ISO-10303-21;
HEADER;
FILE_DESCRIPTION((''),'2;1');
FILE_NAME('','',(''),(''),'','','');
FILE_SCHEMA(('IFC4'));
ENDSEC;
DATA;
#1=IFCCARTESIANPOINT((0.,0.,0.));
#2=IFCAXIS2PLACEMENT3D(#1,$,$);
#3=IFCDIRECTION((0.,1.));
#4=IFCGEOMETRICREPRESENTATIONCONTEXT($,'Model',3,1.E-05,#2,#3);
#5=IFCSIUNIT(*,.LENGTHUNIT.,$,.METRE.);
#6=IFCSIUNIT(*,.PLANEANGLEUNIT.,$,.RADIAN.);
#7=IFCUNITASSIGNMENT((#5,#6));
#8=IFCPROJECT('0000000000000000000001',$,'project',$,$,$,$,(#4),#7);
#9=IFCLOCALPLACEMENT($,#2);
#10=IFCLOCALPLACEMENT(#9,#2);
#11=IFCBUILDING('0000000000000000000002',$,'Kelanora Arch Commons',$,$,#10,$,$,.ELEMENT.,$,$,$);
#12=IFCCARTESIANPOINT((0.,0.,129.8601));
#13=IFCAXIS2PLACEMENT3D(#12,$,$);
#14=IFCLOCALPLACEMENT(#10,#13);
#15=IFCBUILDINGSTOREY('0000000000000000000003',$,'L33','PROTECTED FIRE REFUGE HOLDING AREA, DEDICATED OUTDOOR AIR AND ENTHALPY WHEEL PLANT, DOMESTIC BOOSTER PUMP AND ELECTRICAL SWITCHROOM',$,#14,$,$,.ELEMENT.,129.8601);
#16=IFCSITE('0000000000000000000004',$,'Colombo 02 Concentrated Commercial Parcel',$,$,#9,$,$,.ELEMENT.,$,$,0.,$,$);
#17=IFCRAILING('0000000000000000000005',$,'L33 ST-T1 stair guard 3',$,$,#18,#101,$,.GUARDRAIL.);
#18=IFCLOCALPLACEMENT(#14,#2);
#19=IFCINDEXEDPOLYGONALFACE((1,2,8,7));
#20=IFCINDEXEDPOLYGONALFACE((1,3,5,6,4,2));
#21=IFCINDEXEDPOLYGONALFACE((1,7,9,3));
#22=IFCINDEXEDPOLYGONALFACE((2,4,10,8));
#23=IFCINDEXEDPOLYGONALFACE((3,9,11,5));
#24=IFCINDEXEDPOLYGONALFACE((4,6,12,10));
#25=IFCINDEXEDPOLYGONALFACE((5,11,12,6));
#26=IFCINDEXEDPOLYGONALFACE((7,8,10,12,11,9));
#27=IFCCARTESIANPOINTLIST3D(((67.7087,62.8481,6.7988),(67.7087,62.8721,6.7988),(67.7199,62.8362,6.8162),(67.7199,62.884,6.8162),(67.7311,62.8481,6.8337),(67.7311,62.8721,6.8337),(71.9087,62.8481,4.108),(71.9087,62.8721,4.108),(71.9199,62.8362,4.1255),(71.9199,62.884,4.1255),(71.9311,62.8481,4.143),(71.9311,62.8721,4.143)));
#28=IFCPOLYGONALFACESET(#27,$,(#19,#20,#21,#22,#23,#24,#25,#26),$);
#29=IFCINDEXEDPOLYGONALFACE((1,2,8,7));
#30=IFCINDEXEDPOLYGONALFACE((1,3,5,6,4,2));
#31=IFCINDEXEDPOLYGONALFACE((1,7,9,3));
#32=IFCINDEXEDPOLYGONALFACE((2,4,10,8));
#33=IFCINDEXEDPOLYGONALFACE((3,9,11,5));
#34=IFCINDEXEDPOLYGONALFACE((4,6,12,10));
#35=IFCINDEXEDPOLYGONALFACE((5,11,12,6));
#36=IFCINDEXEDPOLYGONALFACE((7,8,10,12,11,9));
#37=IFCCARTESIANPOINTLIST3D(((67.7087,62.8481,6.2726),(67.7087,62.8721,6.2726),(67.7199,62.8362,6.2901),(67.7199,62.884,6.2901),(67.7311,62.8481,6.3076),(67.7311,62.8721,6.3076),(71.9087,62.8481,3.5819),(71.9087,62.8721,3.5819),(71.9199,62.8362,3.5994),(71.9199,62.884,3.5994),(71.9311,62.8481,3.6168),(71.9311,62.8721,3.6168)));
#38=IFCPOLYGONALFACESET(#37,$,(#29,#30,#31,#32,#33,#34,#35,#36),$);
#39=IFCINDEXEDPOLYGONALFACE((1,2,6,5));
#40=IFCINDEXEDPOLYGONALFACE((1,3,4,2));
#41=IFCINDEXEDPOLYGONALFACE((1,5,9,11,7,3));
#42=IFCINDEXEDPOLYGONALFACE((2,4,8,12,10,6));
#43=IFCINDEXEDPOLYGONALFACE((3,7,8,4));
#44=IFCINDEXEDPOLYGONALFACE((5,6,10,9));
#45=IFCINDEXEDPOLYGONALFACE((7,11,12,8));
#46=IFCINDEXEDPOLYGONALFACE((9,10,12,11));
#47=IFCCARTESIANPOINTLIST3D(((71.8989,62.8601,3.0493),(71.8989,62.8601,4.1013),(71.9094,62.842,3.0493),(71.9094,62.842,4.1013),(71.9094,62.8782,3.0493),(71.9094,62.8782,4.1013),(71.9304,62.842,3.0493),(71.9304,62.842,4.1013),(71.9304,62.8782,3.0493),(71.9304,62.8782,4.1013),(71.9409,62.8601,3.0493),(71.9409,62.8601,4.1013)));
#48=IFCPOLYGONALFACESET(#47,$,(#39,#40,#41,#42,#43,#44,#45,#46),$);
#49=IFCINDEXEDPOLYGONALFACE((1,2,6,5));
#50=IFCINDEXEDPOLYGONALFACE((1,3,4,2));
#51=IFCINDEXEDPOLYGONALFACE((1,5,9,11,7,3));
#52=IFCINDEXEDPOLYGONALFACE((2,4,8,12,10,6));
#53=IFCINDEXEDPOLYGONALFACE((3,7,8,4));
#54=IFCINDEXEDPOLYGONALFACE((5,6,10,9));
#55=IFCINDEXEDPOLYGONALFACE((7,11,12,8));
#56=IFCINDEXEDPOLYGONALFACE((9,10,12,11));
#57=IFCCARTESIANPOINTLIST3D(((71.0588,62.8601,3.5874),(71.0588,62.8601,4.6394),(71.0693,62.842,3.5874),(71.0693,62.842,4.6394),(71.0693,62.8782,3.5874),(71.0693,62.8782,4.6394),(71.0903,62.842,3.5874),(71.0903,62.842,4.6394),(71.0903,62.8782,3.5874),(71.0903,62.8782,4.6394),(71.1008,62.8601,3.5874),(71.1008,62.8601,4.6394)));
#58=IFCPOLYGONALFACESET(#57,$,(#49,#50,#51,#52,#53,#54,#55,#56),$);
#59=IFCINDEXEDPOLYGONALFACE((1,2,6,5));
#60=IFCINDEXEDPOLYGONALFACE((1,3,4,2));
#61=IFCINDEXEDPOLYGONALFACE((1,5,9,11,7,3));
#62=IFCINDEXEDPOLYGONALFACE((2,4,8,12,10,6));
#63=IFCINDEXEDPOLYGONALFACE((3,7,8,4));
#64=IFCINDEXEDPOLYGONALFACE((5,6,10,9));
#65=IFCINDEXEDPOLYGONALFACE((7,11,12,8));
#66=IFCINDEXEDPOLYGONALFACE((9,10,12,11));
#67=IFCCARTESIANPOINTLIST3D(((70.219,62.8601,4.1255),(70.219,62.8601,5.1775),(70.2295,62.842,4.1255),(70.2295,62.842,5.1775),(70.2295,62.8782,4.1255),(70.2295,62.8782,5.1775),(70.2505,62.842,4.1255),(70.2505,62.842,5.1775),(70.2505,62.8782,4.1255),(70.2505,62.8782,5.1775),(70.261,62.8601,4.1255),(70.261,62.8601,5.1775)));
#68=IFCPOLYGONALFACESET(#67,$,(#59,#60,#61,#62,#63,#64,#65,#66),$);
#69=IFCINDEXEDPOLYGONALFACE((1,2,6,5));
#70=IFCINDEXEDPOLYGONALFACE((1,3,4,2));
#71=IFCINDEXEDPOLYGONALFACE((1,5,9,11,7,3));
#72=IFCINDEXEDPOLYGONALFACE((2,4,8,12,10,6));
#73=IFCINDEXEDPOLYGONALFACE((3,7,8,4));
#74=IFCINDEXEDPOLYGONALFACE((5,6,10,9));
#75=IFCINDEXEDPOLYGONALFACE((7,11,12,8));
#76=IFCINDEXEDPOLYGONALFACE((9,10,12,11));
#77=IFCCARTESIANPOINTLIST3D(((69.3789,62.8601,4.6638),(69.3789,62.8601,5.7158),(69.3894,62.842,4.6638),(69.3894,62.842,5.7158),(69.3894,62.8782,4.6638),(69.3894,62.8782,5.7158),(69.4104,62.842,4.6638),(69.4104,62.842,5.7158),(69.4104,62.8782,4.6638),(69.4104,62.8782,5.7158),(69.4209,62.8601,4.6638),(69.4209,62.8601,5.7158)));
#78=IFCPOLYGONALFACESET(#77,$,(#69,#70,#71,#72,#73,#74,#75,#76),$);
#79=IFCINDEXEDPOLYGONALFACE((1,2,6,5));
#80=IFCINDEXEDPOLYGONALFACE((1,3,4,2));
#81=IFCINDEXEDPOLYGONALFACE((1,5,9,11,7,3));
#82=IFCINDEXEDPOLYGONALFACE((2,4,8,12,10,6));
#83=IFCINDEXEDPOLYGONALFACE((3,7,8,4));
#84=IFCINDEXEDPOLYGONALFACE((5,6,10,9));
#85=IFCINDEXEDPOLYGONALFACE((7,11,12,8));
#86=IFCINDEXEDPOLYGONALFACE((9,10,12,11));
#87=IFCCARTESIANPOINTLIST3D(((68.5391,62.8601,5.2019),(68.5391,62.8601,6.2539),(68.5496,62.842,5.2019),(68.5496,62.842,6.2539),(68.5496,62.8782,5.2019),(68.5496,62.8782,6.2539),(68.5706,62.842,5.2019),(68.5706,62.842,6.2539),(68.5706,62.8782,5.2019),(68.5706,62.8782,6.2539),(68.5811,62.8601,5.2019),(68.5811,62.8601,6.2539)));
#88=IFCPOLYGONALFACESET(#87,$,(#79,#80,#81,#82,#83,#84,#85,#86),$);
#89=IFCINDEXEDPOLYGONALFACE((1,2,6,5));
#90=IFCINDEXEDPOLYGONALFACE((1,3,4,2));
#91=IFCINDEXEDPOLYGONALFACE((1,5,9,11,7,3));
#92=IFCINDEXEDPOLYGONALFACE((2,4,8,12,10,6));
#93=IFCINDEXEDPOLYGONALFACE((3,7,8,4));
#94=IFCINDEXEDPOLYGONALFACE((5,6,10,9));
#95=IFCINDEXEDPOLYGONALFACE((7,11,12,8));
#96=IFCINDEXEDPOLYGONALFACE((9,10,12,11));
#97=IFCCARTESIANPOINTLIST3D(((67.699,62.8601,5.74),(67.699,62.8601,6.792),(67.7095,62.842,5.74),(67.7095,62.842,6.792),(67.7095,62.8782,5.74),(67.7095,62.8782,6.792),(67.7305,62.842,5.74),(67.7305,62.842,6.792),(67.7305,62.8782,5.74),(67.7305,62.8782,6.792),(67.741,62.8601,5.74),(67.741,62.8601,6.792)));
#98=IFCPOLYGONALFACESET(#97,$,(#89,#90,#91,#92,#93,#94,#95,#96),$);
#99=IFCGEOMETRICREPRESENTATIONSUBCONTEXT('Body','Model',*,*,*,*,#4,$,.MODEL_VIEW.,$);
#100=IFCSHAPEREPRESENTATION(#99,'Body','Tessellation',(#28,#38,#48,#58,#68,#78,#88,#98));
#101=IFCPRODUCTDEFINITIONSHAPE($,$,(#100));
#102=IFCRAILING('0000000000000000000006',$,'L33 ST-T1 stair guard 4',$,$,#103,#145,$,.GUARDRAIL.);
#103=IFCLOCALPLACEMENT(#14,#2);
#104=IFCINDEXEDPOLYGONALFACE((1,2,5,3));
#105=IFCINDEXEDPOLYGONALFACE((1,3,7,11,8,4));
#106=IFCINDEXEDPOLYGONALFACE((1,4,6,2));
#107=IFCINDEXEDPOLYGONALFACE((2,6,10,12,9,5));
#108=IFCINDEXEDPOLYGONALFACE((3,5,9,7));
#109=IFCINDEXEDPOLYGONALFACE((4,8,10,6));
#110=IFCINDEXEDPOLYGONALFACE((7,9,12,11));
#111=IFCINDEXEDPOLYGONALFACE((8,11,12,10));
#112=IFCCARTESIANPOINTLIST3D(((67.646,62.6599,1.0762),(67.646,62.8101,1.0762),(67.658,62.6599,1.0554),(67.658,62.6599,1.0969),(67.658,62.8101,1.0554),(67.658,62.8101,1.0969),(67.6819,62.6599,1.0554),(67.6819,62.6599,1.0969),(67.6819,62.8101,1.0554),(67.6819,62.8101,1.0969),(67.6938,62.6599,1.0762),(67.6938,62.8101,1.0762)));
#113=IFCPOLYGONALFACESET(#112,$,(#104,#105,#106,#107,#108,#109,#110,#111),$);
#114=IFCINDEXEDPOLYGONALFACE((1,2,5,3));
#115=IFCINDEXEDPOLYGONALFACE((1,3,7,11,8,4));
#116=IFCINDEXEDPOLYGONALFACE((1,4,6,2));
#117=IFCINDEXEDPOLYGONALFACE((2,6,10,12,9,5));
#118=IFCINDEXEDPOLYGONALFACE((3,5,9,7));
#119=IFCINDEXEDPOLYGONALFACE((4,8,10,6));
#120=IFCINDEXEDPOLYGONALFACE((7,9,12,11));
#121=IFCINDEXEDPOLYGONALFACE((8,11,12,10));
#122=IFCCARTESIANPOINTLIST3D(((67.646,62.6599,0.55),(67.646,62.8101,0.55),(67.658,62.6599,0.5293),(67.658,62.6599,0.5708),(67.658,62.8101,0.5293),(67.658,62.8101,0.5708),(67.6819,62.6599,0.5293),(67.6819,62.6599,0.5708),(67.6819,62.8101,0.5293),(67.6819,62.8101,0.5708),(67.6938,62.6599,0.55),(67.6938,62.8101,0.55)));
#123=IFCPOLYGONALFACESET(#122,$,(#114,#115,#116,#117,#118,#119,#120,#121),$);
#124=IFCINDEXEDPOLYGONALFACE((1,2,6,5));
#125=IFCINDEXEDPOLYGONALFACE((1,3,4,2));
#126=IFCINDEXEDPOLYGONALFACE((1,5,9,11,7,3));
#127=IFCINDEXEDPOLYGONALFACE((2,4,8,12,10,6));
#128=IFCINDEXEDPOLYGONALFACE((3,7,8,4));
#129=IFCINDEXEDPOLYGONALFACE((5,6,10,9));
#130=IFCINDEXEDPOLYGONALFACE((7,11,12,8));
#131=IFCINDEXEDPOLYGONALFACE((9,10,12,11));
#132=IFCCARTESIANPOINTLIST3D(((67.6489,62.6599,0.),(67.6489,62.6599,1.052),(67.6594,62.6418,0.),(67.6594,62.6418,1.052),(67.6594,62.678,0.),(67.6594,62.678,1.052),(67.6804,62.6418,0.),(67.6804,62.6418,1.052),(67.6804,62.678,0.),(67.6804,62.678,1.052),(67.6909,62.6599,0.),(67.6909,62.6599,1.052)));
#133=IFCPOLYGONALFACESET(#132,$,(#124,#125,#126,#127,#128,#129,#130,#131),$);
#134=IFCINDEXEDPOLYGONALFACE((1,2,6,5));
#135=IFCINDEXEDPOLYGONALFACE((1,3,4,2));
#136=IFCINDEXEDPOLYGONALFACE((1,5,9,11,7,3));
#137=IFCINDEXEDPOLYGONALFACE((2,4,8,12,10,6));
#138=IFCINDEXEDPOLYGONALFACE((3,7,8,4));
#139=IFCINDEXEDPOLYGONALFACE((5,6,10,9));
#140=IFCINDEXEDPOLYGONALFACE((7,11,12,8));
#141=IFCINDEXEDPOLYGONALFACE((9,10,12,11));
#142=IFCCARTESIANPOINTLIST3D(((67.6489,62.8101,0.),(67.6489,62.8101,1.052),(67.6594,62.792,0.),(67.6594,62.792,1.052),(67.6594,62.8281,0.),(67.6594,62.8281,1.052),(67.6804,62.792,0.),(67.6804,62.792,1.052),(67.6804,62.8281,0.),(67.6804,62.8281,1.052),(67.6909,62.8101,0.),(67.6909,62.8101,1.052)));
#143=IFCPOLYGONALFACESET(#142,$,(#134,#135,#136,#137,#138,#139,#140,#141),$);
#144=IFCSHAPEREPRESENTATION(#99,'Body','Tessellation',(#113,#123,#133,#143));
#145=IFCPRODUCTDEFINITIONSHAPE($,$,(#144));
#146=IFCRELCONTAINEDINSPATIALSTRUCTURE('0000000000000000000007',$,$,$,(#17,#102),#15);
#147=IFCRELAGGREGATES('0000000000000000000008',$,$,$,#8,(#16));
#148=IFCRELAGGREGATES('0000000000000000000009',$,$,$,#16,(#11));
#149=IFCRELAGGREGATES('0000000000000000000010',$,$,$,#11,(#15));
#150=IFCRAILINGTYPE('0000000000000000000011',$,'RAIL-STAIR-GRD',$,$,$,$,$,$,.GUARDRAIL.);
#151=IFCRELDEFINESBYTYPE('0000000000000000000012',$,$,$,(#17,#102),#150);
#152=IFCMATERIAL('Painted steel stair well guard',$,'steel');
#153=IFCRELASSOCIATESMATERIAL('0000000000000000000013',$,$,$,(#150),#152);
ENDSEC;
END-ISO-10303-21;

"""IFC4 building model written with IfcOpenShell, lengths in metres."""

from ifc_helpers import new_model, si_unit, direction, frame, origin, place, context, subcontext, project, spatial, polyline, outline, extrude, material, type_object, element, save


model = new_model("IFC4")

# Units and contexts
model_context = context("Model", 3, precision=1e-05, world=origin(), true_north=direction((0.0, 1.0)))
body_context = subcontext(model_context, "Body", "Model", "MODEL_VIEW")
ifc_project = project(units=[si_unit("LENGTHUNIT", "METRE"), si_unit("PLANEANGLEUNIT", "RADIAN")], contexts=[model_context])

# Site, building, storey
site_placement = place(None, origin())
site = spatial("IfcSite", under=ifc_project, at=site_placement, Name="Colombo 02 Concentrated Commercial Parcel", CompositionType="ELEMENT", RefElevation=0.0)
building_placement = place(site_placement, origin())
building = spatial("IfcBuilding", under=site, at=building_placement, Name="Kelanora Arch Commons", CompositionType="ELEMENT")
storey_placement = place(building_placement, frame((0.0, 0.0, 129.8601)))
storey = spatial("IfcBuildingStorey", under=building, at=storey_placement, Name="L33", Description="PROTECTED FIRE REFUGE HOLDING AREA, DEDICATED OUTDOOR AIR AND ENTHALPY WHEEL PLANT, DOMESTIC BOOSTER PUMP AND ELECTRICAL SWITCHROOM", CompositionType="ELEMENT", Elevation=129.8601)

# Railings
ifc_material_1 = material(Name="Painted steel stair well guard", Category="steel")
railing_type_1 = type_object("IfcRailingType", Name="RAIL-STAIR-GRD", PredefinedType="GUARDRAIL", material=ifc_material_1)
railing_1_placement = place(storey_placement, frame((71.9199, 62.8601, 3.0493)))
element("IfcRailing", 1, at=railing_1_placement, inside=storey, type_object=railing_type_1, Name="L33 ST-T1 stair guard 3", PredefinedType="GUARDRAIL", context=body_context, shape_type="SweptSolid", body=[
    extrude(outline(polyline([(0.0239, 0.0), (0.012, 0.0208), (-0.012, 0.0208), (-0.0239, 0.0), (-0.012, -0.0208), (0.012, -0.0208), (0.0239, 0.0)])), frame((0.0, 0.0, 1.0762), z_axis=(-0.842025, 0.0, 0.539438), x_axis=(0.0, -1.0, 0.0)), (0.0, 0.0, 1.0), 4.988),
    extrude(outline(polyline([(0.0239, 0.0), (0.012, 0.0208), (-0.012, 0.0208), (-0.0239, 0.0), (-0.012, -0.0208), (0.012, -0.0208), (0.0239, 0.0)])), frame((0.0, 0.0, 0.55), z_axis=(-0.842025, 0.0, 0.539438), x_axis=(0.0, -1.0, 0.0)), (0.0, 0.0, 1.0), 4.988),
    extrude(outline(polyline([(0.021, 0.0), (0.0105, 0.0181), (-0.0105, 0.0181), (-0.021, 0.0), (-0.0105, -0.0181), (0.0105, -0.0181), (0.021, 0.0)])), origin(), (0.0, 0.0, 1.0), 1.052),
    extrude(outline(polyline([(0.021, 0.0), (0.0105, 0.0181), (-0.0105, 0.0181), (-0.021, 0.0), (-0.0105, -0.0181), (0.0105, -0.0181), (0.021, 0.0)])), frame((-0.8401, 0.0, 0.5381)), (0.0, 0.0, 1.0), 1.052),
    extrude(outline(polyline([(0.021, 0.0), (0.0105, 0.0181), (-0.0105, 0.0181), (-0.021, 0.0), (-0.0105, -0.0181), (0.0105, -0.0181), (0.021, 0.0)])), frame((-1.6799, 0.0, 1.0762)), (0.0, 0.0, 1.0), 1.052),
    extrude(outline(polyline([(0.021, 0.0), (0.0105, 0.0181), (-0.0105, 0.0181), (-0.021, 0.0), (-0.0105, -0.0181), (0.0105, -0.0181), (0.021, 0.0)])), frame((-2.52, 0.0, 1.6145)), (0.0, 0.0, 1.0), 1.052),
    extrude(outline(polyline([(0.021, 0.0), (0.0105, 0.0181), (-0.0105, 0.0181), (-0.021, 0.0), (-0.0105, -0.0181), (0.0105, -0.0181), (0.021, 0.0)])), frame((-3.3599, 0.0, 2.1526)), (0.0, 0.0, 1.0), 1.052),
    extrude(outline(polyline([(0.021, 0.0), (0.0105, 0.0181), (-0.0105, 0.0181), (-0.021, 0.0), (-0.0105, -0.0181), (0.0105, -0.0181), (0.021, 0.0)])), frame((-4.2, 0.0, 2.6907)), (0.0, 0.0, 1.0), 1.052),
])
railing_2_placement = place(storey_placement, frame((67.6699, 62.6599, 0.0)))
element("IfcRailing", 2, at=railing_2_placement, inside=storey, type_object=railing_type_1, Name="L33 ST-T1 stair guard 4", PredefinedType="GUARDRAIL", context=body_context, shape_type="SweptSolid", body=[
    extrude(outline(polyline([(0.0239, 0.0), (0.012, 0.0208), (-0.012, 0.0208), (-0.0239, 0.0), (-0.012, -0.0208), (0.012, -0.0208), (0.0239, 0.0)])), frame((0.0, 0.0, 1.0762), z_axis=(0.0, 1.0, 0.0), x_axis=(-1.0, 0.0, 0.0)), (0.0, 0.0, 1.0), 0.1501),
    extrude(outline(polyline([(0.0239, 0.0), (0.012, 0.0208), (-0.012, 0.0208), (-0.0239, 0.0), (-0.012, -0.0208), (0.012, -0.0208), (0.0239, 0.0)])), frame((0.0, 0.0, 0.55), z_axis=(0.0, 1.0, 0.0), x_axis=(-1.0, 0.0, 0.0)), (0.0, 0.0, 1.0), 0.1501),
    extrude(outline(polyline([(0.021, 0.0), (0.0105, 0.0181), (-0.0105, 0.0181), (-0.021, 0.0), (-0.0105, -0.0181), (0.0105, -0.0181), (0.021, 0.0)])), origin(), (0.0, 0.0, 1.0), 1.052),
    extrude(outline(polyline([(0.021, 0.0), (0.0105, 0.0181), (-0.0105, 0.0181), (-0.021, 0.0), (-0.0105, -0.0181), (0.0105, -0.0181), (0.021, 0.0)])), frame((0.0, 0.1501, 0.0)), (0.0, 0.0, 1.0), 1.052),
])

save(model, "model.ifc")
